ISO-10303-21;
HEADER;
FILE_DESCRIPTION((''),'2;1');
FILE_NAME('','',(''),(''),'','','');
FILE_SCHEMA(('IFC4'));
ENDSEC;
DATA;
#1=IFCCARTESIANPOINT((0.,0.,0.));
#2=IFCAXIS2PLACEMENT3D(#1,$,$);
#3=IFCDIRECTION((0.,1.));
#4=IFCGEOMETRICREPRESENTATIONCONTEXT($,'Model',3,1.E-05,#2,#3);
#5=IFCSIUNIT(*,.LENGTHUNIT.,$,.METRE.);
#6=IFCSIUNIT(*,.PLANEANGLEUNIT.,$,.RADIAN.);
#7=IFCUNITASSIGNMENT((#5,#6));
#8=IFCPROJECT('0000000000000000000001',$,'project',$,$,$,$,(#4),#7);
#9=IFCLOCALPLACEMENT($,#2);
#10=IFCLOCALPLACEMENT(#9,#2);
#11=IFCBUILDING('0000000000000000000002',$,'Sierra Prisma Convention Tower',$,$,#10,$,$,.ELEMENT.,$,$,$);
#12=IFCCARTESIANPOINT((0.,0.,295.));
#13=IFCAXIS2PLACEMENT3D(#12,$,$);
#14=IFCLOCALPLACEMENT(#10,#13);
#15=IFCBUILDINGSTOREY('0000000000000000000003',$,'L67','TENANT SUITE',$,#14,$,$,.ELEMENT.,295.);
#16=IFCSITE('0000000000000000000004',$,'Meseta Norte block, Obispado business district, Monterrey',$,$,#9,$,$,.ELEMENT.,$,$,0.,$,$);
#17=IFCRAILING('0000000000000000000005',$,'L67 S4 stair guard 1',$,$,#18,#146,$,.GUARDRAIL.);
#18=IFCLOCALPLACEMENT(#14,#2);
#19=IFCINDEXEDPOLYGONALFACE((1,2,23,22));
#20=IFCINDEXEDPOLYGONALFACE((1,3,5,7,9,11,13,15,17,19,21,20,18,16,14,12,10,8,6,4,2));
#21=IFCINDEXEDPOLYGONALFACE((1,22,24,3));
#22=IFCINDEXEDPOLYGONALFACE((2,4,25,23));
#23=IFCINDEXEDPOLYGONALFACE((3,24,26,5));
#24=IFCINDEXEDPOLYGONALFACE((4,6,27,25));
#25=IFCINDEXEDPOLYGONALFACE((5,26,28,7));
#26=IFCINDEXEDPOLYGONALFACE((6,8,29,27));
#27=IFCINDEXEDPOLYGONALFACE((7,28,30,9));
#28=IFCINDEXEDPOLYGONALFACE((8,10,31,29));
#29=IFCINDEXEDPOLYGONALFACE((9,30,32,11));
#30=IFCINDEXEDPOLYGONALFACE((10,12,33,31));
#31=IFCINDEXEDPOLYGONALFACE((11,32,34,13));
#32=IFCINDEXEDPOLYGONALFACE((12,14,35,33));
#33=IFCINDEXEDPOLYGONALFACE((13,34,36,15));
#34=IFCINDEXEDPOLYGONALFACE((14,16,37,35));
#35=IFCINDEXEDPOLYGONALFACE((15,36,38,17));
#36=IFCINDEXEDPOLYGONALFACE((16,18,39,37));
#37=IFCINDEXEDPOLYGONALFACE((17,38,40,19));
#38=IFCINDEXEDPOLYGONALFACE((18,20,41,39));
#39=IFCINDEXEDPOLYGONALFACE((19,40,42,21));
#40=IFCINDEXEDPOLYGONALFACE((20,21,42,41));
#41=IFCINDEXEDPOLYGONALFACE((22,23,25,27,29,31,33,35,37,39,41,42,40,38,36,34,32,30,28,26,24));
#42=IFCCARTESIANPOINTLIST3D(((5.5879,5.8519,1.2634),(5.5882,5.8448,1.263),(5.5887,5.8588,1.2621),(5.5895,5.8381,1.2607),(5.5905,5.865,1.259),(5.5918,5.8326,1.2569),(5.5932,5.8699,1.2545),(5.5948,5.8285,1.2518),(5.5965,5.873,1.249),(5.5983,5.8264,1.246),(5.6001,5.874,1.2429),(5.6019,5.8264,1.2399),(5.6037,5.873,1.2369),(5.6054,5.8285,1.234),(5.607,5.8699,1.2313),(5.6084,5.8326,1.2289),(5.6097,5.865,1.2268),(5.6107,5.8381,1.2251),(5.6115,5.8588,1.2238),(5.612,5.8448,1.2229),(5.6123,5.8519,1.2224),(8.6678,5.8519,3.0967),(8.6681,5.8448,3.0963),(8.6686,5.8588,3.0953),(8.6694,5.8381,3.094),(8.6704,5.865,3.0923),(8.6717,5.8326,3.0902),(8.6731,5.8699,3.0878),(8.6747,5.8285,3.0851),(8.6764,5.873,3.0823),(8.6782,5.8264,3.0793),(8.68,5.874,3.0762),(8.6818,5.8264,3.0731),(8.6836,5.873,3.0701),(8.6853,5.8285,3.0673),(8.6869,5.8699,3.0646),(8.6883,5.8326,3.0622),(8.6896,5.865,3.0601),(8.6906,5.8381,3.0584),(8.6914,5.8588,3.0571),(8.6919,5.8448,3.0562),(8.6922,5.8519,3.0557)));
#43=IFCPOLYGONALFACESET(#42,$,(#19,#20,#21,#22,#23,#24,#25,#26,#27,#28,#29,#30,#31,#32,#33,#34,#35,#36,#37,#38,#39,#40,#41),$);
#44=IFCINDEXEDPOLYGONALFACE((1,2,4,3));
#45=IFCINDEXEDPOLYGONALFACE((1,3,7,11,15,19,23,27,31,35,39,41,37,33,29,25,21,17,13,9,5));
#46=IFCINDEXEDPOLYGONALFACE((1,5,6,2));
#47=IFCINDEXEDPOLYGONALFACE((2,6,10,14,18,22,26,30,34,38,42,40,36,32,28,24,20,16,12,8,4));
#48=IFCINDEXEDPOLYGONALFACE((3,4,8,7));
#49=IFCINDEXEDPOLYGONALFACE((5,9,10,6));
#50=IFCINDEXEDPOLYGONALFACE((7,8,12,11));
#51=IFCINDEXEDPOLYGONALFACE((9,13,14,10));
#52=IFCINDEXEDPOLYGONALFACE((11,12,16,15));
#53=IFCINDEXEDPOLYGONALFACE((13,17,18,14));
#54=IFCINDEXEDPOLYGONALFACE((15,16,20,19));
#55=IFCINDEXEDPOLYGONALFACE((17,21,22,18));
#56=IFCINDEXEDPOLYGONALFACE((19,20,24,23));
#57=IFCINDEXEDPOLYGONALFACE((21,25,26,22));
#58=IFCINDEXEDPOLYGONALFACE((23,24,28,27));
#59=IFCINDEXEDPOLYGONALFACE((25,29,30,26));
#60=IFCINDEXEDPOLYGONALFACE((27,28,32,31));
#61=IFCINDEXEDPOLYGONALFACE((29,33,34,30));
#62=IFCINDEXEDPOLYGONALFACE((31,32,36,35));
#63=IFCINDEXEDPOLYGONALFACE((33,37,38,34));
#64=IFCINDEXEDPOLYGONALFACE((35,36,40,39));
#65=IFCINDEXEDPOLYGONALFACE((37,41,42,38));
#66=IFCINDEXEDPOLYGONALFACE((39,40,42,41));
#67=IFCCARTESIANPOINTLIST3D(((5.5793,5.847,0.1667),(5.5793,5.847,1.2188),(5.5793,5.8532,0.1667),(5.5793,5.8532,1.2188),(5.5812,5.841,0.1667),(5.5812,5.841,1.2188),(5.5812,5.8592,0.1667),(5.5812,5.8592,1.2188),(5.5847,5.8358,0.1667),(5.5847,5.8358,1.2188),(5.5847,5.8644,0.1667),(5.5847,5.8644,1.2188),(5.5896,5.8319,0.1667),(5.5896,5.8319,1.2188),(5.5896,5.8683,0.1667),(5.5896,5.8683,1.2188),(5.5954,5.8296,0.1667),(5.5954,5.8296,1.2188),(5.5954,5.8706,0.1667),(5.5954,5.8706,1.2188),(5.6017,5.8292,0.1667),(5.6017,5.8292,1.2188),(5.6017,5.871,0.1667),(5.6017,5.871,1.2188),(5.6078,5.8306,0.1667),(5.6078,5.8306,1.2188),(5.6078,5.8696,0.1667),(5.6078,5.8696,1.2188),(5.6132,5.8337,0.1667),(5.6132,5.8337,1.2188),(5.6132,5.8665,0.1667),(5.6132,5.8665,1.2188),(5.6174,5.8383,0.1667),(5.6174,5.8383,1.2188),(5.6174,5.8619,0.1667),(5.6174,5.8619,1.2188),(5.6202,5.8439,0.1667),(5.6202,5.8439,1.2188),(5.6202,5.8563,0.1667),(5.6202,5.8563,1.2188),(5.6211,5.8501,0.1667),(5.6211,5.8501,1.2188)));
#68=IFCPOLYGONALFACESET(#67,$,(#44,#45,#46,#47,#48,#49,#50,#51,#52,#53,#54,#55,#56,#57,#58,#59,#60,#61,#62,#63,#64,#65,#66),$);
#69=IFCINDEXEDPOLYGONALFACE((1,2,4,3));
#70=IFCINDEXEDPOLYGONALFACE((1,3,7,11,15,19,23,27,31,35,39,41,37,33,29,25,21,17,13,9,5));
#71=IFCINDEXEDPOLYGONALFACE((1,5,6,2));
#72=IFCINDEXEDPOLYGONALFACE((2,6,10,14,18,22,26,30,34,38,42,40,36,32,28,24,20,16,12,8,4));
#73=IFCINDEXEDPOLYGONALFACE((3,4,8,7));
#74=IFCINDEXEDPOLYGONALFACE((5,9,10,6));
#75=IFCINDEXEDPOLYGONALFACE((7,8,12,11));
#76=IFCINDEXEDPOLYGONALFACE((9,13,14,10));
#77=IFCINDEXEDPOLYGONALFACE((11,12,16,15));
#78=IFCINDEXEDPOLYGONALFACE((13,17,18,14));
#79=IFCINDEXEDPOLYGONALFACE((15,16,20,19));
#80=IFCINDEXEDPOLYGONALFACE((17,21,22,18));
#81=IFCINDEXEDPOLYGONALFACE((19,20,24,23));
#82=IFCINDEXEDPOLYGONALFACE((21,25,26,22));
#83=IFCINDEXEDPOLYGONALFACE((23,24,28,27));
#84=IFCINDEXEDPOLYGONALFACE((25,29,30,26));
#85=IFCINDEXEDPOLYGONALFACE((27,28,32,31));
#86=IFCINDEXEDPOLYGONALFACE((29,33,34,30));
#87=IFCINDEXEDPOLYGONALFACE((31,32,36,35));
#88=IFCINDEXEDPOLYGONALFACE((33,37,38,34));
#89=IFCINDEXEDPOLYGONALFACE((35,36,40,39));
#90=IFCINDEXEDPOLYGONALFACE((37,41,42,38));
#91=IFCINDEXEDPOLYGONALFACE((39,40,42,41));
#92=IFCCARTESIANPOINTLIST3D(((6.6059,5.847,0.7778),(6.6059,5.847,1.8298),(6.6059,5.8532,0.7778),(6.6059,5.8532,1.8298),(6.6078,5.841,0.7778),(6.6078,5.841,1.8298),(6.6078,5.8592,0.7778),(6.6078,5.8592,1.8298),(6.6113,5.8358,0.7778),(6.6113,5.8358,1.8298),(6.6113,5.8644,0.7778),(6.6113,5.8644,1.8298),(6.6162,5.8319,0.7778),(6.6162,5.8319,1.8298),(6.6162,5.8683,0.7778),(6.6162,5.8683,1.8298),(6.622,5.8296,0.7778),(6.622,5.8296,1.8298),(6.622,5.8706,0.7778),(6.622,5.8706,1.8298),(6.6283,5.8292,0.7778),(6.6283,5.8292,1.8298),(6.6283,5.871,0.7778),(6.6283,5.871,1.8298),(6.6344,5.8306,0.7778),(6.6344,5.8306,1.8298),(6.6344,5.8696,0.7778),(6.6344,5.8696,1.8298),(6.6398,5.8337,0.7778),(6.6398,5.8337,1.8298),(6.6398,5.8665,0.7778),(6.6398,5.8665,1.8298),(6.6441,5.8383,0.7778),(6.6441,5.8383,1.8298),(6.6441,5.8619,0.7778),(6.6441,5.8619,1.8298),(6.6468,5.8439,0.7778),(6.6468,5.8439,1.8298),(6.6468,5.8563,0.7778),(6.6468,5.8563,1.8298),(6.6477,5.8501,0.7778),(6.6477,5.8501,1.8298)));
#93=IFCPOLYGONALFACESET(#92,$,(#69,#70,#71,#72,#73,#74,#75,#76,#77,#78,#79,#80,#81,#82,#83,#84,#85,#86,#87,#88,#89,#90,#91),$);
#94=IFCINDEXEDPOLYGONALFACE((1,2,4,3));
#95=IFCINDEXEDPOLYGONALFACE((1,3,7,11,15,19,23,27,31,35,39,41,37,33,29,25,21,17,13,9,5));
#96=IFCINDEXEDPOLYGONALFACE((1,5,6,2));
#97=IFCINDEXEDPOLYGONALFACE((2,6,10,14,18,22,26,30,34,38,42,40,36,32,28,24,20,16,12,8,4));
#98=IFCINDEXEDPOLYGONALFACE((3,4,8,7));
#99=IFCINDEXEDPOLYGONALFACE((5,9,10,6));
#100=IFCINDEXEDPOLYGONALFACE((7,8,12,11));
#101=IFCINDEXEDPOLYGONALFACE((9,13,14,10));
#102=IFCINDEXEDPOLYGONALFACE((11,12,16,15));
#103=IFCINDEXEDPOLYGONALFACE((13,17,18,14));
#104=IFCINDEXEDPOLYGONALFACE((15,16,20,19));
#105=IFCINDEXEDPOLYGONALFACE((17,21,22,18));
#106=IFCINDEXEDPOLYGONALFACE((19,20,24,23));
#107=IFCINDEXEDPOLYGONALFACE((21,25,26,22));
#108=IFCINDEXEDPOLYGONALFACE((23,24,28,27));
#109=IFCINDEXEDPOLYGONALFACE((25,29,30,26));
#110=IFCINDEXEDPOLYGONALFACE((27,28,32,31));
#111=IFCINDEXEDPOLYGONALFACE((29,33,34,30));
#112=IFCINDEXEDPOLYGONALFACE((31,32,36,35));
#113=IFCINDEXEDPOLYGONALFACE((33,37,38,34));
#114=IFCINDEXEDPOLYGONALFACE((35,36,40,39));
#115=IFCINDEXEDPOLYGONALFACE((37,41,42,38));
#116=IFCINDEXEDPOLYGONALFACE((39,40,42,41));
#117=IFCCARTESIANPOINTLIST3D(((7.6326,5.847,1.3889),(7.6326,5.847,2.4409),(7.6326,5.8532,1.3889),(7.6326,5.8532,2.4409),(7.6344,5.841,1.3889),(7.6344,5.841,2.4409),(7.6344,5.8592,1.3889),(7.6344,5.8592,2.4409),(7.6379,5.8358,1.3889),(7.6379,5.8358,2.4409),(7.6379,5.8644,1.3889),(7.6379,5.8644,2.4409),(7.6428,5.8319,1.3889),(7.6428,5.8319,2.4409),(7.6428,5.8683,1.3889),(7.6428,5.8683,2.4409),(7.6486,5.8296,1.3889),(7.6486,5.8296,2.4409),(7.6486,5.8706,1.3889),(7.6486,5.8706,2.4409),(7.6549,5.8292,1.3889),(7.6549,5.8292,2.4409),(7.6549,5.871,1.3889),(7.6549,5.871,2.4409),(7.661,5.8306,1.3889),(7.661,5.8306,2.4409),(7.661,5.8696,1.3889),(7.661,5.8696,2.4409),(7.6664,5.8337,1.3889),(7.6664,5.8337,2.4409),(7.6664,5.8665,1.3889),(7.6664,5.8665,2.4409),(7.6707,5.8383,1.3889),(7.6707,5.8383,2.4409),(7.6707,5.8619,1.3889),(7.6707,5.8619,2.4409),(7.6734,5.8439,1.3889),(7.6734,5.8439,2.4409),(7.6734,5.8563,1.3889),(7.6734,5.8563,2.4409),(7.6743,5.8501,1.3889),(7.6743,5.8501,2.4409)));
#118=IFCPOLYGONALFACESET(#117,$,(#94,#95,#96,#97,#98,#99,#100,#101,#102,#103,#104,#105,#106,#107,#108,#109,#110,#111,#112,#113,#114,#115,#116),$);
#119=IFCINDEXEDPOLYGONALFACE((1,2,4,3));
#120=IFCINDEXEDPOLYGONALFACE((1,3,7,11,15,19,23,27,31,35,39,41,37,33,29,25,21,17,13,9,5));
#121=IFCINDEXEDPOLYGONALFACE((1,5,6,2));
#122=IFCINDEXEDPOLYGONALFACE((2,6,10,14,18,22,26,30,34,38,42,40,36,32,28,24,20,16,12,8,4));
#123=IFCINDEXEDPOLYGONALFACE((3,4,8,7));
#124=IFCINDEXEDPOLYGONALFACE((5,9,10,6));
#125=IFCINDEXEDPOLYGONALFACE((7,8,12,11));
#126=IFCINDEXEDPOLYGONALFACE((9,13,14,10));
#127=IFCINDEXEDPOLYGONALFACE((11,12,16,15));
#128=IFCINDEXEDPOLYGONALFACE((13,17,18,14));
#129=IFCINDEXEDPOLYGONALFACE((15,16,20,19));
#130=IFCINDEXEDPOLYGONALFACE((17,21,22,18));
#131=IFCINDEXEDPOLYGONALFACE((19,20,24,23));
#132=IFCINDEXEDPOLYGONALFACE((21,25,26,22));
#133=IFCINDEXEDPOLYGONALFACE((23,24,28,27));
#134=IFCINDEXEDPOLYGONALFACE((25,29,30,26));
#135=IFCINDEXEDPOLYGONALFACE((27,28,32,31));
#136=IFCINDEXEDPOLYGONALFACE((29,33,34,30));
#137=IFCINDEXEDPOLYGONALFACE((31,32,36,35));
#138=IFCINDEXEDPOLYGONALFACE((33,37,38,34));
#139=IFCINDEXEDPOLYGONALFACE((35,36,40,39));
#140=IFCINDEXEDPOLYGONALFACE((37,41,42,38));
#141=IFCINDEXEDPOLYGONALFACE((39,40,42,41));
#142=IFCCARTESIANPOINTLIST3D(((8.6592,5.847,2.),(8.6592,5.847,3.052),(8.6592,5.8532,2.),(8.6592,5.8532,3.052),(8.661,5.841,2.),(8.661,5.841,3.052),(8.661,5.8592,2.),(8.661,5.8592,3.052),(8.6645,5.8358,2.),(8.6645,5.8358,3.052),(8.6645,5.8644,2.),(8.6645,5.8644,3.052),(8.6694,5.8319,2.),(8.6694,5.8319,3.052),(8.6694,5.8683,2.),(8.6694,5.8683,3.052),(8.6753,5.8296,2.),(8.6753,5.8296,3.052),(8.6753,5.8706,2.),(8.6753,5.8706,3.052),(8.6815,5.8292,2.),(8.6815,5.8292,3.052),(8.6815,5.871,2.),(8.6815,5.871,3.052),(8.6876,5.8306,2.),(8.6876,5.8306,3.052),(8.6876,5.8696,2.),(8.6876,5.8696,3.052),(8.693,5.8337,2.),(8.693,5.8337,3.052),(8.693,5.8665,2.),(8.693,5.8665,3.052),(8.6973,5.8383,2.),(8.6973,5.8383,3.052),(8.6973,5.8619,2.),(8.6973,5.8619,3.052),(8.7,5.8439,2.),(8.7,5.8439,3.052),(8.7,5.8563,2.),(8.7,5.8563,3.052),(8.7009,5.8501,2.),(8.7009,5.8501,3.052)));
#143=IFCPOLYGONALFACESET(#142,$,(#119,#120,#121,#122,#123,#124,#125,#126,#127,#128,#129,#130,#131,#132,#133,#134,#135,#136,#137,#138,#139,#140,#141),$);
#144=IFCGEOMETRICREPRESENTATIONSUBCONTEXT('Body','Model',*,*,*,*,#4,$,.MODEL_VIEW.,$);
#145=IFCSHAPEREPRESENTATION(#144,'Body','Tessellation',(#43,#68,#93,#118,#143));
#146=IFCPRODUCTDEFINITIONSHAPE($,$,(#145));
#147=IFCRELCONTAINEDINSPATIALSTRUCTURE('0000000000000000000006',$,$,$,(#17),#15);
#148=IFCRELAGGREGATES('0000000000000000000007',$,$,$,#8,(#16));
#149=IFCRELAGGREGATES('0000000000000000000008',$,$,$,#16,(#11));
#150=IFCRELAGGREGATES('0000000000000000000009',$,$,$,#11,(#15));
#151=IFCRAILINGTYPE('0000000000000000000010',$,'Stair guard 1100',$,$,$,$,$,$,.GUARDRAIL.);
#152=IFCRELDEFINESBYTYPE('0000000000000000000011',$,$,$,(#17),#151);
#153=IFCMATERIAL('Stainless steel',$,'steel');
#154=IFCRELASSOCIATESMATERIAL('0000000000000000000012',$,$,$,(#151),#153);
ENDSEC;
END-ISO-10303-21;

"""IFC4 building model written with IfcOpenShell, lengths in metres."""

from ifc_helpers import new_model, si_unit, direction, frame, origin, origin_2d, place, context, subcontext, project, spatial, circle, extrude, material, type_object, element, save


model = new_model("IFC4")

# Units and contexts
model_context = context("Model", 3, precision=1e-05, world=origin(), true_north=direction((0.0, 1.0)))
body_context = subcontext(model_context, "Body", "Model", "MODEL_VIEW")
ifc_project = project(units=[si_unit("LENGTHUNIT", "METRE"), si_unit("PLANEANGLEUNIT", "RADIAN")], contexts=[model_context])

# Site, building, storey
site_placement = place(None, origin())
site = spatial("IfcSite", under=ifc_project, at=site_placement, Name="Meseta Norte block, Obispado business district, Monterrey", CompositionType="ELEMENT", RefElevation=0.0)
building_placement = place(site_placement, origin())
building = spatial("IfcBuilding", under=site, at=building_placement, Name="Sierra Prisma Convention Tower", CompositionType="ELEMENT")
storey_placement = place(building_placement, frame((0.0, 0.0, 295.0)))
storey = spatial("IfcBuildingStorey", under=building, at=storey_placement, Name="L67", Description="TENANT SUITE", CompositionType="ELEMENT", Elevation=295.0)

# Railing
ifc_material_1 = material(Name="Stainless steel", Category="steel")
railing_type_1 = type_object("IfcRailingType", Name="Stair guard 1100", PredefinedType="GUARDRAIL", material=ifc_material_1)
railing_1_placement = place(storey_placement, frame((5.6001, 5.8501, 0.1667)))
element("IfcRailing", 1, at=railing_1_placement, inside=storey, type_object=railing_type_1, Name="L67 S4 stair guard 1", PredefinedType="GUARDRAIL", context=body_context, shape_type="SweptSolid", body=[
    extrude(circle(Radius=0.0239, at=origin_2d()), frame((0.0, 0.0, 1.0762), z_axis=(0.859291, 0.0, 0.511487), x_axis=(0.0, 1.0, 0.0)), (0.0, 0.0, 1.0), 3.5842),
    extrude(circle(Radius=0.021, at=origin_2d()), origin(), (0.0, 0.0, 1.0), 1.052),
    extrude(circle(Radius=0.021, at=origin_2d()), frame((1.0266, 0.0, 0.6111)), (0.0, 0.0, 1.0), 1.052),
    extrude(circle(Radius=0.021, at=origin_2d()), frame((2.0532, 0.0, 1.2222)), (0.0, 0.0, 1.0), 1.052),
    extrude(circle(Radius=0.021, at=origin_2d()), frame((3.0798, 0.0, 1.8333)), (0.0, 0.0, 1.0), 1.052),
])

save(model, "model.ifc")
